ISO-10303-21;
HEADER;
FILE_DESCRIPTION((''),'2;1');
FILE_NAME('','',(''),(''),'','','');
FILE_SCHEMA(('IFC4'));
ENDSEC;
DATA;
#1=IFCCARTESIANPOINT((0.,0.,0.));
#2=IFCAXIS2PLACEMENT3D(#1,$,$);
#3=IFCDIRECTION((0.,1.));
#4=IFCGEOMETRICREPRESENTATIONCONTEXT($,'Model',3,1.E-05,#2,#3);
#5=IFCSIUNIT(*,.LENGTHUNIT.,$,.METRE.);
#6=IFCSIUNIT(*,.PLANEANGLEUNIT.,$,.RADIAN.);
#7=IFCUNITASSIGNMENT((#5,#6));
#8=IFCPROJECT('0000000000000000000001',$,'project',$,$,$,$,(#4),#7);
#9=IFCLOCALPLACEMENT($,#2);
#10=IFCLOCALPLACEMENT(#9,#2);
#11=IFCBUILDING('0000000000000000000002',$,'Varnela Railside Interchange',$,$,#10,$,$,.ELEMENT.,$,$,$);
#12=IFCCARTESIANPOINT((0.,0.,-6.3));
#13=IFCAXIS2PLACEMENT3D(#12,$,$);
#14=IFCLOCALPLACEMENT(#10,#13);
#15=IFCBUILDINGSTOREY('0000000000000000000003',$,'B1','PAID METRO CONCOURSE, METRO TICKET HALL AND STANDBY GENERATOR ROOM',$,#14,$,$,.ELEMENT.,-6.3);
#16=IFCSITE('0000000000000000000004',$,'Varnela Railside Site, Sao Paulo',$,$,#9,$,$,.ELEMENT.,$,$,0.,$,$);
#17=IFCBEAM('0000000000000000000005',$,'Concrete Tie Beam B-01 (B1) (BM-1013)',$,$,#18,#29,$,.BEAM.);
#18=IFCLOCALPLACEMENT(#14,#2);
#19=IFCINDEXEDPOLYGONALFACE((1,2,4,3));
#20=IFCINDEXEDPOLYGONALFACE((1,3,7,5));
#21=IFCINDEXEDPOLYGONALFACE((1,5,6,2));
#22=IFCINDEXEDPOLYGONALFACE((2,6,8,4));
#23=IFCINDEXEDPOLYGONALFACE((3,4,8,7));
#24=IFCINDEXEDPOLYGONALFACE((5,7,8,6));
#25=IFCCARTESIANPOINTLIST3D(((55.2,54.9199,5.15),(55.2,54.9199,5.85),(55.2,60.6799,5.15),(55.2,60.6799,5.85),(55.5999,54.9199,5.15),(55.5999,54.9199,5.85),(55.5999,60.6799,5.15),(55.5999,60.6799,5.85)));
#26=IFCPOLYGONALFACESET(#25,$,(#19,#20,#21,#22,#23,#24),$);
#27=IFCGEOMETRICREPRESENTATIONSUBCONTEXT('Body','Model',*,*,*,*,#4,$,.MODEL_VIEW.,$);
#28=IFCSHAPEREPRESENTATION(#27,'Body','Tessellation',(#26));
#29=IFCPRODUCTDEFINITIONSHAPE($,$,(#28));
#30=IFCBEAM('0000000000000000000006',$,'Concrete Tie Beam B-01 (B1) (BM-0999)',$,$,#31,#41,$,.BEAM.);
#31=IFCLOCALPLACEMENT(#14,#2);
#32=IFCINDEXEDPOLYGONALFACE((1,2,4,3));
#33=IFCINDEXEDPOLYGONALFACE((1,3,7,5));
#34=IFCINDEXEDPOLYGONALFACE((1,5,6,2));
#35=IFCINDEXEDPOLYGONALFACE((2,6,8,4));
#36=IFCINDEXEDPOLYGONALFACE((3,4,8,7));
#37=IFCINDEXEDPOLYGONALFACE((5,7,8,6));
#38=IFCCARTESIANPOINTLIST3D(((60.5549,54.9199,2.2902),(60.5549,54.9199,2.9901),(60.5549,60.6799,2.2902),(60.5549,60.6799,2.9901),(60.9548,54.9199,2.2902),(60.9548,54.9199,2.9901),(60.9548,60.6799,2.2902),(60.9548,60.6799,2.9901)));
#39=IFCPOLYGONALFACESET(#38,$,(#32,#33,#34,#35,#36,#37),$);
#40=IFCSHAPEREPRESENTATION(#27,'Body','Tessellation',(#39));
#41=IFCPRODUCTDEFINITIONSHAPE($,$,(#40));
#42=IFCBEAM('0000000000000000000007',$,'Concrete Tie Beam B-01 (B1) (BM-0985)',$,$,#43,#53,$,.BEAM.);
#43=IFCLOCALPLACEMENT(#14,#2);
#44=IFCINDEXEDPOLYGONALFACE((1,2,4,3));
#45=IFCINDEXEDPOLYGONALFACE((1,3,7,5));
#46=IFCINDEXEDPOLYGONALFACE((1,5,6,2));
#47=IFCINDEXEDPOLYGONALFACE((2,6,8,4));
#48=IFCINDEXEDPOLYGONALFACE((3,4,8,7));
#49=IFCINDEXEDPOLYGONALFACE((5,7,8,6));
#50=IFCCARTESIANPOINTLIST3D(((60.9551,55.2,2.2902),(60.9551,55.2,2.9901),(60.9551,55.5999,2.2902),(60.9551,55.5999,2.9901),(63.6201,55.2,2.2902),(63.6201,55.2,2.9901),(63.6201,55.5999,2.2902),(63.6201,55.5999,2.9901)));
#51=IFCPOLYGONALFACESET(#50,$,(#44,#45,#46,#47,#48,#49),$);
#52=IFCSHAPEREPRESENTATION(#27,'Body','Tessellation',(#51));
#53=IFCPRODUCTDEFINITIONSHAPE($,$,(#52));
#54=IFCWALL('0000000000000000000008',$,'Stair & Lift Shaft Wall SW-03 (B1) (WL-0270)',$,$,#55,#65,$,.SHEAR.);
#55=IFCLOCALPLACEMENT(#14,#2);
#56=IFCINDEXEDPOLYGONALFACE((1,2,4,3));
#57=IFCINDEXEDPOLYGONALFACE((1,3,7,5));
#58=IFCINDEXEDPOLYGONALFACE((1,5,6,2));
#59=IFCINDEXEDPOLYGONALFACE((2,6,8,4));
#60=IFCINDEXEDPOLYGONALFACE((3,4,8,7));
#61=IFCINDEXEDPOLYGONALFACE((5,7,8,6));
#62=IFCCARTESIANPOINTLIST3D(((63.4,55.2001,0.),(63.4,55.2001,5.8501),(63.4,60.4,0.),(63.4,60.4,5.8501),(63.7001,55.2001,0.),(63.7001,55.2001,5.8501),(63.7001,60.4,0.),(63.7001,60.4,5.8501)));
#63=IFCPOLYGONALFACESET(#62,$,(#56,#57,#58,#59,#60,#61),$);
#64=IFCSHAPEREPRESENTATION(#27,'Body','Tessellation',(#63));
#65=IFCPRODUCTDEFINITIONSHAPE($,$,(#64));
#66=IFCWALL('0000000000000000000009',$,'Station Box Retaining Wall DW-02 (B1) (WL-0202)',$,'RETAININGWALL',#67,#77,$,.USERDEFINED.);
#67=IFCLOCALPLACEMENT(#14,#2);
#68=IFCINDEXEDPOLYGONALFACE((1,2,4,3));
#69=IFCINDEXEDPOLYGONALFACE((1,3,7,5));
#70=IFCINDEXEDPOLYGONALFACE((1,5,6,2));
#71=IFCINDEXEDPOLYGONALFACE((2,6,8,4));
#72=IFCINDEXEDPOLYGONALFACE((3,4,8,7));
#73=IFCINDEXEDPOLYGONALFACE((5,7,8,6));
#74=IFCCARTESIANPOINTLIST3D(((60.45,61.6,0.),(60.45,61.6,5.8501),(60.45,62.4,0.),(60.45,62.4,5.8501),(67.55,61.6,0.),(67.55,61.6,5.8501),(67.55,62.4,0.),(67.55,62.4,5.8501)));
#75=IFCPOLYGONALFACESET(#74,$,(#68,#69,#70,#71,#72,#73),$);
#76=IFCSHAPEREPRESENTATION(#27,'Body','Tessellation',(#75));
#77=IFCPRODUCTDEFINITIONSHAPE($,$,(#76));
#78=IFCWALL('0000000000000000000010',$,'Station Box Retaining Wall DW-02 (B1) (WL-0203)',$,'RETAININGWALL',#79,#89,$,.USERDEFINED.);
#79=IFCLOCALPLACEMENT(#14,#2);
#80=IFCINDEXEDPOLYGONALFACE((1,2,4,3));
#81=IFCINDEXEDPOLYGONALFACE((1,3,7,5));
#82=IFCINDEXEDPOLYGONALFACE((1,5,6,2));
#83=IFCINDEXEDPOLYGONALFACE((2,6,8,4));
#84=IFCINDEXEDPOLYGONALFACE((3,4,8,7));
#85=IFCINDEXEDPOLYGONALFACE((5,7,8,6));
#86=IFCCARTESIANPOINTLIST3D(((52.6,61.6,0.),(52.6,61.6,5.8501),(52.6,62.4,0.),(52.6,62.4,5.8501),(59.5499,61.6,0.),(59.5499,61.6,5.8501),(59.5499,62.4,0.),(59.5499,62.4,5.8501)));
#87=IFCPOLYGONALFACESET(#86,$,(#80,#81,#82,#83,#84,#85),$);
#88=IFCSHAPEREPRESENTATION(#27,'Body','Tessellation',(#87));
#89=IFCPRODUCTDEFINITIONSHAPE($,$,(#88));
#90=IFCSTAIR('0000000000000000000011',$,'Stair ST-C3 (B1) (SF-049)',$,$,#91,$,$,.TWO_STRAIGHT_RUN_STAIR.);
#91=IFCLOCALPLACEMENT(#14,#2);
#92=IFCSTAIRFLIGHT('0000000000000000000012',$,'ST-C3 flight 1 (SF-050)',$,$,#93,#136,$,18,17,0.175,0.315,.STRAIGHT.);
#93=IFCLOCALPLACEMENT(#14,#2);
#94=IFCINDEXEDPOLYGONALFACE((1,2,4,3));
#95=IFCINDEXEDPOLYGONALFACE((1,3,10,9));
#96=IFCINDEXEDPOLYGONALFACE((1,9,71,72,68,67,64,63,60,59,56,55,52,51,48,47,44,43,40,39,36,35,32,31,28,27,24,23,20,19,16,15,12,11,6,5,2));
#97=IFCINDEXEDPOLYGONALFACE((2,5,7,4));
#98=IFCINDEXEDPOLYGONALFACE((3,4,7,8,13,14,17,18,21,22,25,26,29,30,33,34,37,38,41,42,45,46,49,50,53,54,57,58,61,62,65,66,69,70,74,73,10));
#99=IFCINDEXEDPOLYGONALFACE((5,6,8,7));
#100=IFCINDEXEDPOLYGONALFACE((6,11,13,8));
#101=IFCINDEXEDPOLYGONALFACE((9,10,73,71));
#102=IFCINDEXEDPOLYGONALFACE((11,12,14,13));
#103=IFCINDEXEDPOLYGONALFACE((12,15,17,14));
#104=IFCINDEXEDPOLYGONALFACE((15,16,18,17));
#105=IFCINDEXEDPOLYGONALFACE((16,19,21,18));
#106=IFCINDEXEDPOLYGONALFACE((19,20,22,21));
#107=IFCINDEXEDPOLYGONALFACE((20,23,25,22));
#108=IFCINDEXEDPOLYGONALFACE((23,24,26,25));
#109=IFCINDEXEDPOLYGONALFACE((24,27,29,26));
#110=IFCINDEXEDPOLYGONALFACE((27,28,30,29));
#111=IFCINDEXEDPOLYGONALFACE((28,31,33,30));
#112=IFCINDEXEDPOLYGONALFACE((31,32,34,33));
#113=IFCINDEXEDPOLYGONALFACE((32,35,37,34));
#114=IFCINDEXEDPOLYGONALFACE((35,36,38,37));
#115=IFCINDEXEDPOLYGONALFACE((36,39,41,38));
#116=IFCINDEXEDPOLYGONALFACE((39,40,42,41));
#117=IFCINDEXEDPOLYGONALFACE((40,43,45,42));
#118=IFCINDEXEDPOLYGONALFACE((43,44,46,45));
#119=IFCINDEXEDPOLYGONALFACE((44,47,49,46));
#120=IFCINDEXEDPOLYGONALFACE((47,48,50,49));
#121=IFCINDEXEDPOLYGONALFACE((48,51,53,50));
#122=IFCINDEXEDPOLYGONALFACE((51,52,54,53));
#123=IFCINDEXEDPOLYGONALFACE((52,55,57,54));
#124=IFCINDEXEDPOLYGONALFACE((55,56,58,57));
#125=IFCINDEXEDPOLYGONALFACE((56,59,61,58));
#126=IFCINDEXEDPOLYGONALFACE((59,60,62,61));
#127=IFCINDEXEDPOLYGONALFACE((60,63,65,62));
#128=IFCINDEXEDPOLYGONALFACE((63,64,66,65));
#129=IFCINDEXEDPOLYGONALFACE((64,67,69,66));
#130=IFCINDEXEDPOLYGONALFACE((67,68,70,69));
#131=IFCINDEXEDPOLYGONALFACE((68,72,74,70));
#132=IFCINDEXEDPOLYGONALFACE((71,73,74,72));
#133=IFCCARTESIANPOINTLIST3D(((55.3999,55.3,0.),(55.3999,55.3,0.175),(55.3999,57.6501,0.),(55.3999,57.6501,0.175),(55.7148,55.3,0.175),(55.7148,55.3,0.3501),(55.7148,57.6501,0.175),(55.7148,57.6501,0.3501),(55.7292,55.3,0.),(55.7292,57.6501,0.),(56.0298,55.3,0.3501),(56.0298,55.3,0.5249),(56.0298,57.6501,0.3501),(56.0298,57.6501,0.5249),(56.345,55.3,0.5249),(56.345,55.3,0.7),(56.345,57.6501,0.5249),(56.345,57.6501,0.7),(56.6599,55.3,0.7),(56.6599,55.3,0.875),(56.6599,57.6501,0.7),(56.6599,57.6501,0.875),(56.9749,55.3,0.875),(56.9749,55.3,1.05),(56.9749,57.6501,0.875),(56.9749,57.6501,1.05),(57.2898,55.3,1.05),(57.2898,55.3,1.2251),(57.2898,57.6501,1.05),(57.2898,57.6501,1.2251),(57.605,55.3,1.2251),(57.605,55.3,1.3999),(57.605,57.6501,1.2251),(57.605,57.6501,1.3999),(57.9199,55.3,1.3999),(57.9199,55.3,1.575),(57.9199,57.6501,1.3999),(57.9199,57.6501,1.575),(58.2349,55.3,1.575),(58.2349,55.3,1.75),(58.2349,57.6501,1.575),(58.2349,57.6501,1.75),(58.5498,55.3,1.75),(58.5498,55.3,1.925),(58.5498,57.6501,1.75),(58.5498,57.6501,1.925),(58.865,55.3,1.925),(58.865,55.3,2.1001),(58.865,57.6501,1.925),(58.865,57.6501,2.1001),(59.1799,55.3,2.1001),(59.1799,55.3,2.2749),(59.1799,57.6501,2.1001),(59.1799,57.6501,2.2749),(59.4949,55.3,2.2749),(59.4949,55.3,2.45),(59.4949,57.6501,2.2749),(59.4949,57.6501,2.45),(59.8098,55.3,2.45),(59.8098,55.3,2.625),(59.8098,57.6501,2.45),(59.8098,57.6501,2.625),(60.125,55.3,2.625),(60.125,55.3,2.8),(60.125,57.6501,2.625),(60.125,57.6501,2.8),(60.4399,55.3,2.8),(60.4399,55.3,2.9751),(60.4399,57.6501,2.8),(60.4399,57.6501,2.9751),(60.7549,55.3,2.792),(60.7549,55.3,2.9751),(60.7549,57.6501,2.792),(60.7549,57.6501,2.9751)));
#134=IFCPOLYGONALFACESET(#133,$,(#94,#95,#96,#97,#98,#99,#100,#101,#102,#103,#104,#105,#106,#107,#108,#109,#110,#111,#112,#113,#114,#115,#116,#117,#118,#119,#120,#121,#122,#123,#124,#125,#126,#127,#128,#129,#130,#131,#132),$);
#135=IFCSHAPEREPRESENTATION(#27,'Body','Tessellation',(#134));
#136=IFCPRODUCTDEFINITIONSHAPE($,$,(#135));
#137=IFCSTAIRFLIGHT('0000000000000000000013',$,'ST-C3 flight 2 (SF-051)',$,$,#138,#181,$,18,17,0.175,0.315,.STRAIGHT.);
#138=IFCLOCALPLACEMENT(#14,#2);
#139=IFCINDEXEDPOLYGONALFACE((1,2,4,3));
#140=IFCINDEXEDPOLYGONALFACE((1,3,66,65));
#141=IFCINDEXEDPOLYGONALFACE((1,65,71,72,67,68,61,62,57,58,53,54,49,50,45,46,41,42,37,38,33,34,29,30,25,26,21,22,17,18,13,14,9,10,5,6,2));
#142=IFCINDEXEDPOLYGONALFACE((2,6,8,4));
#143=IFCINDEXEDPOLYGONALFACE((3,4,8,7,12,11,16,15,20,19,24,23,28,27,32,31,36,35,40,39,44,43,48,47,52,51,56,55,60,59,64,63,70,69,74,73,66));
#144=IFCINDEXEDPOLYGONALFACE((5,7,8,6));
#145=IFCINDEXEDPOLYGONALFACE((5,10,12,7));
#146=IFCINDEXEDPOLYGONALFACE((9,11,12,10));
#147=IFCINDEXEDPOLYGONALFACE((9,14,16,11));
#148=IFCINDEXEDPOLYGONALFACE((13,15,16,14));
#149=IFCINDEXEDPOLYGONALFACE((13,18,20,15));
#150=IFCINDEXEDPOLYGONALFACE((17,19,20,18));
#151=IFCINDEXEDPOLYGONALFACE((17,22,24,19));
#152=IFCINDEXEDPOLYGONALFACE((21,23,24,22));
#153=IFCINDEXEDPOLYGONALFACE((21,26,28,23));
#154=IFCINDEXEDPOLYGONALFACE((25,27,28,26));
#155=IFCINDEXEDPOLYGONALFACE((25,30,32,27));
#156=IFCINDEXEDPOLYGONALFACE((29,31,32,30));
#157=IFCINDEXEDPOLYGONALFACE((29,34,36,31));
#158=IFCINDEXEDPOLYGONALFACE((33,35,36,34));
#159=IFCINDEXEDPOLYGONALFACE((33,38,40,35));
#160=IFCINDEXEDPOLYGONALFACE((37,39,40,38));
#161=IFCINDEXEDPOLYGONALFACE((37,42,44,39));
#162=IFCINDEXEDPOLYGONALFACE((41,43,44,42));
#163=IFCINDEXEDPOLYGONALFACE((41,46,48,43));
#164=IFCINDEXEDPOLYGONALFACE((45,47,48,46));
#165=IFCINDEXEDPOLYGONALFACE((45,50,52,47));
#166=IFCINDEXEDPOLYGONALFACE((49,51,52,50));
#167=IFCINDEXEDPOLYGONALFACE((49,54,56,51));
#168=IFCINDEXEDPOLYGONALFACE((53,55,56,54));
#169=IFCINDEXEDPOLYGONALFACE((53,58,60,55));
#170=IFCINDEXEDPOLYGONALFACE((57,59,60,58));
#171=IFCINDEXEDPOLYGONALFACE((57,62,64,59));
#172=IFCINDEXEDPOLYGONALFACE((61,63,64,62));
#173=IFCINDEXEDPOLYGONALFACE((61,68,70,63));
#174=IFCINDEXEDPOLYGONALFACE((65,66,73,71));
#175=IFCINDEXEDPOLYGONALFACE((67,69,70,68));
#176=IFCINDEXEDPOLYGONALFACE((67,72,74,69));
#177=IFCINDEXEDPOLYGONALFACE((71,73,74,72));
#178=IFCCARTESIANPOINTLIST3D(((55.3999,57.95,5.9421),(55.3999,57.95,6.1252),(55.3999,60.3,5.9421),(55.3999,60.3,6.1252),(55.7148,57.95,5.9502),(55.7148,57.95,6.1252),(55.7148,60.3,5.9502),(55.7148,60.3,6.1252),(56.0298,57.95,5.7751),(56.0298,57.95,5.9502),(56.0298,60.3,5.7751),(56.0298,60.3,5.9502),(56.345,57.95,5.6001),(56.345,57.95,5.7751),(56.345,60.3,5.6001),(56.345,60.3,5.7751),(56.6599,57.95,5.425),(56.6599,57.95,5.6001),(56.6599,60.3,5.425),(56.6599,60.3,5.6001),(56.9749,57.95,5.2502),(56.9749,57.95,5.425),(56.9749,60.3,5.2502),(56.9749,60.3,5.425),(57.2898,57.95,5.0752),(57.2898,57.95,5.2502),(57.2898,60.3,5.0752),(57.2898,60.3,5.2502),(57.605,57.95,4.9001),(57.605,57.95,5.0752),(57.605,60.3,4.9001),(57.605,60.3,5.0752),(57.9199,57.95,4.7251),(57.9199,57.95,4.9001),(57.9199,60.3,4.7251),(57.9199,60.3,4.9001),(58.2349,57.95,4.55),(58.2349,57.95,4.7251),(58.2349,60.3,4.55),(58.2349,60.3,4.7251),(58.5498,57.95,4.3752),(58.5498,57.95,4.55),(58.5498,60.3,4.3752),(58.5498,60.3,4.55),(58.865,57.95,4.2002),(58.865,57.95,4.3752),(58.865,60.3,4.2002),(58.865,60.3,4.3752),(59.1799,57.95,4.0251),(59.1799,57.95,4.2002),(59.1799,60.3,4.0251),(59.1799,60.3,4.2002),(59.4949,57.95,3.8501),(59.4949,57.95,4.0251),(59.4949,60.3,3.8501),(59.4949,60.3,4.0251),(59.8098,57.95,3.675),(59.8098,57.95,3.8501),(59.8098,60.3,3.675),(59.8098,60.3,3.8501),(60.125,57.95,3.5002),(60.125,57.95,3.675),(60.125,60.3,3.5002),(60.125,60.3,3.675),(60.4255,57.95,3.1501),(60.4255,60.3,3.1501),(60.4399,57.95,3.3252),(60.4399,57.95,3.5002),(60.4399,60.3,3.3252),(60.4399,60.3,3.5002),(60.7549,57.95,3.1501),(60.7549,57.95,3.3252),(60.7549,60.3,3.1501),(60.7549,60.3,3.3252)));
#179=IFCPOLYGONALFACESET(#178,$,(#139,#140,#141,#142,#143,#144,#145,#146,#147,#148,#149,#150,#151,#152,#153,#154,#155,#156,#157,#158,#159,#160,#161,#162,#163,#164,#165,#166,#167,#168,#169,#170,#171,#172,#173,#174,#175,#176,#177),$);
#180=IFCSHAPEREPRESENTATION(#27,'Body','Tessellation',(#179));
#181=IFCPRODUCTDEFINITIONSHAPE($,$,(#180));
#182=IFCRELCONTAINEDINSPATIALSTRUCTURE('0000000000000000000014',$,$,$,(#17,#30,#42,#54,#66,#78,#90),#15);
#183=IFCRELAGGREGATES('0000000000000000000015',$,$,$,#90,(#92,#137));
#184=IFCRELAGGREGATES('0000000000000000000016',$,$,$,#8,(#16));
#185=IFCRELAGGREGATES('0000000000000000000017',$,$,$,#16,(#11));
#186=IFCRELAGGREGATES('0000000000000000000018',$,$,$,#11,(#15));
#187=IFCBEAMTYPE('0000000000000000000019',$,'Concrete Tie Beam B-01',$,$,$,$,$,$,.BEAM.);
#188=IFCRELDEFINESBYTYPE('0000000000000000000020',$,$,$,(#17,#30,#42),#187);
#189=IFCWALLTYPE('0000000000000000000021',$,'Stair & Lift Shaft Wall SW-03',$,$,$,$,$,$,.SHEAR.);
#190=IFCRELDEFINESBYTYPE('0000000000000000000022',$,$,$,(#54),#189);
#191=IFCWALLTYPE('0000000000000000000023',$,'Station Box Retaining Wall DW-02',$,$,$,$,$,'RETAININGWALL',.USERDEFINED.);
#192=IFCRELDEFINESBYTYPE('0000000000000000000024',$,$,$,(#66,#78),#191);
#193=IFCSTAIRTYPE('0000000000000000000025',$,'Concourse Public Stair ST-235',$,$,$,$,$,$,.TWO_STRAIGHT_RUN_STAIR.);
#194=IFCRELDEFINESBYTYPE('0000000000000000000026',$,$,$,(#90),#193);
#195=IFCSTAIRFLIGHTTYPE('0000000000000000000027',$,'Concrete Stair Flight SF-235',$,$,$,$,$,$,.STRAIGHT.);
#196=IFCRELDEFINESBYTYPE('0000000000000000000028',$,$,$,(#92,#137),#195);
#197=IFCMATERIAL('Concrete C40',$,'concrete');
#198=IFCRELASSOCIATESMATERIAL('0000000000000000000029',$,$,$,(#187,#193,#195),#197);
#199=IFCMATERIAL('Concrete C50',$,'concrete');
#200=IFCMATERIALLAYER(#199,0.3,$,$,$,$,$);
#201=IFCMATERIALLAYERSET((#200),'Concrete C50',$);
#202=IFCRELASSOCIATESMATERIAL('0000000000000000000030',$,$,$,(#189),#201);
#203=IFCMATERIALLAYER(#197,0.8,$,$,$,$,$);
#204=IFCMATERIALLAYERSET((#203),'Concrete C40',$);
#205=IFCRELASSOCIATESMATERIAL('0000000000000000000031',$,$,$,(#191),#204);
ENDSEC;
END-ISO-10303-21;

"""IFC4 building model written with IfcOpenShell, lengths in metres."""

from ifc_helpers import new_model, si_unit, direction, frame, frame_2d, origin, origin_2d, place, context, subcontext, project, spatial, polyline, rectangle, outline, extrude, material, layer, layer_set, material_profile, profile_set, type_object, element, aggregate, save


model = new_model("IFC4")

# Units and contexts
model_context = context("Model", 3, precision=1e-05, world=origin(), true_north=direction((0.0, 1.0)))
body_context = subcontext(model_context, "Body", "Model", "MODEL_VIEW")
ifc_project = project(units=[si_unit("LENGTHUNIT", "METRE"), si_unit("PLANEANGLEUNIT", "RADIAN")], contexts=[model_context])

# Site, building, storey
site_placement = place(None, origin())
site = spatial("IfcSite", under=ifc_project, at=site_placement, Name="Varnela Railside Site, Sao Paulo", CompositionType="ELEMENT", RefElevation=0.0)
building_placement = place(site_placement, origin())
building = spatial("IfcBuilding", under=site, at=building_placement, Name="Varnela Railside Interchange", CompositionType="ELEMENT")
storey_placement = place(building_placement, frame((0.0, 0.0, -6.3)))
storey = spatial("IfcBuildingStorey", under=building, at=storey_placement, Name="B1", Description="PAID METRO CONCOURSE, METRO TICKET HALL AND STANDBY GENERATOR ROOM", CompositionType="ELEMENT", Elevation=-6.3)

# Shared definitions
ifc_material_1 = material(Name="Concrete C50", Category="concrete")

# Beams
ifc_material_2 = material(Name="Concrete C40", Category="concrete")
ifc_material_profile_1 = material_profile(ifc_material_2, rectangle(XDim=0.3999, YDim=0.7, at=origin_2d()), Name="RC 400x700")
ifc_profile_set_1 = profile_set([ifc_material_profile_1], Name="Concrete C40")
beam_type_1 = type_object("IfcBeamType", Name="Concrete Tie Beam B-01", PredefinedType="BEAM", material=ifc_profile_set_1)
for number, where, z_axis, x_axis, name in (
    (1, (55.3999, 54.9199, 5.5), (0.0, 1.0, 0.0), (-1.0, 0.0, 0.0), "Concrete Tie Beam B-01 (B1) (BM-1013)"),
    (2, (60.7549, 54.9199, 2.6401), (0.0, 1.0, 0.0), (-1.0, 0.0, 0.0), "Concrete Tie Beam B-01 (B1) (BM-0999)"),
):
    element("IfcBeam", number, at=place(storey_placement, frame(where, z_axis=z_axis, x_axis=x_axis)), inside=storey, type_object=beam_type_1, Name=name, PredefinedType="BEAM", context=body_context, shape_type="SweptSolid", body=[
        extrude(rectangle(XDim=0.3999, YDim=0.7, at=origin_2d()), origin(), (0.0, 0.0, 1.0), 5.76),
    ])
beam_placement = place(storey_placement, frame((60.9551, 55.3999, 2.6401), z_axis=(1.0, 0.0, 0.0), x_axis=(0.0, 1.0, 0.0)))
element("IfcBeam", 3, at=beam_placement, inside=storey, type_object=beam_type_1, Name="Concrete Tie Beam B-01 (B1) (BM-0985)", PredefinedType="BEAM", context=body_context, shape_type="SweptSolid", body=[
    extrude(rectangle(XDim=0.3999, YDim=0.7, at=origin_2d()), origin(), (0.0, 0.0, 1.0), 2.665),
])

# Walls
ifc_layer_1 = layer(ifc_material_1, 0.3)
ifc_layer_set_1 = layer_set([ifc_layer_1], Name="Concrete C50")
wall_type_1 = type_object("IfcWallType", Name="Stair & Lift Shaft Wall SW-03", PredefinedType="SHEAR", material=ifc_layer_set_1)
wall_1_placement = place(storey_placement, frame((63.55, 55.2, 0.0), z_axis=(0.0, 0.0, 1.0), x_axis=(0.0, 1.0, 0.0)))
element("IfcWall", 4, at=wall_1_placement, inside=storey, type_object=wall_type_1, Name="Stair & Lift Shaft Wall SW-03 (B1) (WL-0270)", PredefinedType="SHEAR", context=body_context, shape_type="SweptSolid", body=[
    extrude(rectangle(XDim=5.2, YDim=0.3, at=frame_2d((2.6001, 0.0))), origin(), (0.0, 0.0, 1.0), 5.8501),
])
ifc_layer_2 = layer(ifc_material_2, 0.8)
ifc_layer_set_2 = layer_set([ifc_layer_2], Name="Concrete C40")
wall_type_2 = type_object("IfcWallType", Name="Station Box Retaining Wall DW-02", ElementType="RETAININGWALL", PredefinedType="USERDEFINED", material=ifc_layer_set_2)
wall_2_placement = place(storey_placement, frame((67.55, 62.0, 0.0), z_axis=(0.0, 0.0, 1.0), x_axis=(-1.0, 0.0, 0.0)))
element("IfcWall", 5, at=wall_2_placement, inside=storey, type_object=wall_type_2, Name="Station Box Retaining Wall DW-02 (B1) (WL-0202)", ObjectType="RETAININGWALL", PredefinedType="USERDEFINED", context=body_context, shape_type="SweptSolid", body=[
    extrude(rectangle(XDim=7.1001, YDim=0.8, at=frame_2d((3.55, 0.0))), origin(), (0.0, 0.0, 1.0), 5.8501),
])
wall_3_placement = place(storey_placement, frame((59.55, 62.0, 0.0), z_axis=(0.0, 0.0, 1.0), x_axis=(-1.0, 0.0, 0.0)))
element("IfcWall", 6, at=wall_3_placement, inside=storey, type_object=wall_type_2, Name="Station Box Retaining Wall DW-02 (B1) (WL-0203)", ObjectType="RETAININGWALL", PredefinedType="USERDEFINED", context=body_context, shape_type="SweptSolid", body=[
    extrude(rectangle(XDim=6.95, YDim=0.8, at=frame_2d((3.4751, 0.0))), origin(), (0.0, 0.0, 1.0), 5.8501),
])

# Stair, stair flights
stair_type = type_object("IfcStairType", Name="Concourse Public Stair ST-235", PredefinedType="TWO_STRAIGHT_RUN_STAIR", material=ifc_material_2)
stair_placement = place(storey_placement, origin())
stair = element("IfcStair", 7, at=stair_placement, inside=storey, type_object=stair_type, Name="Stair ST-C3 (B1) (SF-049)", PredefinedType="TWO_STRAIGHT_RUN_STAIR")
stair_flight_type = type_object("IfcStairFlightType", Name="Concrete Stair Flight SF-235", PredefinedType="STRAIGHT", material=ifc_material_2)
stair_flight_1_placement = place(storey_placement, frame((55.3999, 56.4751, 0.0), z_axis=(0.0, 0.0, 1.0), x_axis=(1.0, 0.0, 0.0)))
stair_flight_1 = element("IfcStairFlight", 8, at=stair_flight_1_placement, type_object=stair_flight_type, Name="ST-C3 flight 1 (SF-050)", NumberOfRisers=18, NumberOfTreads=17, PredefinedType="STRAIGHT", RiserHeight=0.175, TreadLength=0.315, context=body_context, shape_type="SweptSolid", body=[
    extrude(outline(polyline([(0.0, 0.0), (0.0, 0.175), (0.3149, 0.175), (0.3149, 0.3501), (0.6299, 0.3501), (0.6299, 0.5249), (0.9451, 0.5249), (0.9451, 0.7), (1.26, 0.7), (1.26, 0.875), (1.575, 0.875), (1.575, 1.05), (1.8899, 1.05), (1.8899, 1.2251), (2.2051, 1.2251), (2.2051, 1.3999), (2.52, 1.3999), (2.52, 1.575), (2.835, 1.575), (2.835, 1.75), (3.1499, 1.75), (3.1499, 1.925), (3.4651, 1.925), (3.4651, 2.1001), (3.78, 2.1001), (3.78, 2.2749), (4.095, 2.2749), (4.095, 2.45), (4.4099, 2.45), (4.4099, 2.625), (4.7251, 2.625), (4.7251, 2.8), (5.04, 2.8), (5.04, 2.9751), (5.355, 2.9751), (5.355, 3.1499), (5.355, 2.792), (0.3293, 0.0), (0.0, 0.0)])), frame((0.0, 1.175, 0.0), z_axis=(0.0, -1.0, 0.0), x_axis=(1.0, 0.0, 0.0)), (0.0, 0.0, 1.0), 2.3501),
])
stair_flight_2_placement = place(storey_placement, frame((60.7549, 59.125, 3.1501), z_axis=(0.0, 0.0, 1.0), x_axis=(-1.0, 0.0, 0.0)))
stair_flight_2 = element("IfcStairFlight", 9, at=stair_flight_2_placement, type_object=stair_flight_type, Name="ST-C3 flight 2 (SF-051)", NumberOfRisers=18, NumberOfTreads=17, PredefinedType="STRAIGHT", RiserHeight=0.175, TreadLength=0.315, context=body_context, shape_type="SweptSolid", body=[
    extrude(outline(polyline([(0.0, 0.0), (0.0, 0.175), (0.3149, 0.175), (0.3149, 0.3501), (0.6299, 0.3501), (0.6299, 0.5249), (0.9451, 0.5249), (0.9451, 0.7), (1.26, 0.7), (1.26, 0.875), (1.575, 0.875), (1.575, 1.05), (1.8899, 1.05), (1.8899, 1.2251), (2.2051, 1.2251), (2.2051, 1.3999), (2.52, 1.3999), (2.52, 1.575), (2.835, 1.575), (2.835, 1.75), (3.1499, 1.75), (3.1499, 1.925), (3.4651, 1.925), (3.4651, 2.1001), (3.78, 2.1001), (3.78, 2.2749), (4.095, 2.2749), (4.095, 2.45), (4.4099, 2.45), (4.4099, 2.625), (4.7251, 2.625), (4.7251, 2.8), (5.04, 2.8), (5.04, 2.9751), (5.355, 2.9751), (5.355, 3.1499), (5.355, 2.792), (0.3293, 0.0), (0.0, 0.0)])), frame((0.0, 1.175, 0.0), z_axis=(0.0, -1.0, 0.0), x_axis=(1.0, 0.0, 0.0)), (0.0, 0.0, 1.0), 2.3501),
])
aggregate(stair, [stair_flight_1, stair_flight_2])

save(model, "model.ifc")
